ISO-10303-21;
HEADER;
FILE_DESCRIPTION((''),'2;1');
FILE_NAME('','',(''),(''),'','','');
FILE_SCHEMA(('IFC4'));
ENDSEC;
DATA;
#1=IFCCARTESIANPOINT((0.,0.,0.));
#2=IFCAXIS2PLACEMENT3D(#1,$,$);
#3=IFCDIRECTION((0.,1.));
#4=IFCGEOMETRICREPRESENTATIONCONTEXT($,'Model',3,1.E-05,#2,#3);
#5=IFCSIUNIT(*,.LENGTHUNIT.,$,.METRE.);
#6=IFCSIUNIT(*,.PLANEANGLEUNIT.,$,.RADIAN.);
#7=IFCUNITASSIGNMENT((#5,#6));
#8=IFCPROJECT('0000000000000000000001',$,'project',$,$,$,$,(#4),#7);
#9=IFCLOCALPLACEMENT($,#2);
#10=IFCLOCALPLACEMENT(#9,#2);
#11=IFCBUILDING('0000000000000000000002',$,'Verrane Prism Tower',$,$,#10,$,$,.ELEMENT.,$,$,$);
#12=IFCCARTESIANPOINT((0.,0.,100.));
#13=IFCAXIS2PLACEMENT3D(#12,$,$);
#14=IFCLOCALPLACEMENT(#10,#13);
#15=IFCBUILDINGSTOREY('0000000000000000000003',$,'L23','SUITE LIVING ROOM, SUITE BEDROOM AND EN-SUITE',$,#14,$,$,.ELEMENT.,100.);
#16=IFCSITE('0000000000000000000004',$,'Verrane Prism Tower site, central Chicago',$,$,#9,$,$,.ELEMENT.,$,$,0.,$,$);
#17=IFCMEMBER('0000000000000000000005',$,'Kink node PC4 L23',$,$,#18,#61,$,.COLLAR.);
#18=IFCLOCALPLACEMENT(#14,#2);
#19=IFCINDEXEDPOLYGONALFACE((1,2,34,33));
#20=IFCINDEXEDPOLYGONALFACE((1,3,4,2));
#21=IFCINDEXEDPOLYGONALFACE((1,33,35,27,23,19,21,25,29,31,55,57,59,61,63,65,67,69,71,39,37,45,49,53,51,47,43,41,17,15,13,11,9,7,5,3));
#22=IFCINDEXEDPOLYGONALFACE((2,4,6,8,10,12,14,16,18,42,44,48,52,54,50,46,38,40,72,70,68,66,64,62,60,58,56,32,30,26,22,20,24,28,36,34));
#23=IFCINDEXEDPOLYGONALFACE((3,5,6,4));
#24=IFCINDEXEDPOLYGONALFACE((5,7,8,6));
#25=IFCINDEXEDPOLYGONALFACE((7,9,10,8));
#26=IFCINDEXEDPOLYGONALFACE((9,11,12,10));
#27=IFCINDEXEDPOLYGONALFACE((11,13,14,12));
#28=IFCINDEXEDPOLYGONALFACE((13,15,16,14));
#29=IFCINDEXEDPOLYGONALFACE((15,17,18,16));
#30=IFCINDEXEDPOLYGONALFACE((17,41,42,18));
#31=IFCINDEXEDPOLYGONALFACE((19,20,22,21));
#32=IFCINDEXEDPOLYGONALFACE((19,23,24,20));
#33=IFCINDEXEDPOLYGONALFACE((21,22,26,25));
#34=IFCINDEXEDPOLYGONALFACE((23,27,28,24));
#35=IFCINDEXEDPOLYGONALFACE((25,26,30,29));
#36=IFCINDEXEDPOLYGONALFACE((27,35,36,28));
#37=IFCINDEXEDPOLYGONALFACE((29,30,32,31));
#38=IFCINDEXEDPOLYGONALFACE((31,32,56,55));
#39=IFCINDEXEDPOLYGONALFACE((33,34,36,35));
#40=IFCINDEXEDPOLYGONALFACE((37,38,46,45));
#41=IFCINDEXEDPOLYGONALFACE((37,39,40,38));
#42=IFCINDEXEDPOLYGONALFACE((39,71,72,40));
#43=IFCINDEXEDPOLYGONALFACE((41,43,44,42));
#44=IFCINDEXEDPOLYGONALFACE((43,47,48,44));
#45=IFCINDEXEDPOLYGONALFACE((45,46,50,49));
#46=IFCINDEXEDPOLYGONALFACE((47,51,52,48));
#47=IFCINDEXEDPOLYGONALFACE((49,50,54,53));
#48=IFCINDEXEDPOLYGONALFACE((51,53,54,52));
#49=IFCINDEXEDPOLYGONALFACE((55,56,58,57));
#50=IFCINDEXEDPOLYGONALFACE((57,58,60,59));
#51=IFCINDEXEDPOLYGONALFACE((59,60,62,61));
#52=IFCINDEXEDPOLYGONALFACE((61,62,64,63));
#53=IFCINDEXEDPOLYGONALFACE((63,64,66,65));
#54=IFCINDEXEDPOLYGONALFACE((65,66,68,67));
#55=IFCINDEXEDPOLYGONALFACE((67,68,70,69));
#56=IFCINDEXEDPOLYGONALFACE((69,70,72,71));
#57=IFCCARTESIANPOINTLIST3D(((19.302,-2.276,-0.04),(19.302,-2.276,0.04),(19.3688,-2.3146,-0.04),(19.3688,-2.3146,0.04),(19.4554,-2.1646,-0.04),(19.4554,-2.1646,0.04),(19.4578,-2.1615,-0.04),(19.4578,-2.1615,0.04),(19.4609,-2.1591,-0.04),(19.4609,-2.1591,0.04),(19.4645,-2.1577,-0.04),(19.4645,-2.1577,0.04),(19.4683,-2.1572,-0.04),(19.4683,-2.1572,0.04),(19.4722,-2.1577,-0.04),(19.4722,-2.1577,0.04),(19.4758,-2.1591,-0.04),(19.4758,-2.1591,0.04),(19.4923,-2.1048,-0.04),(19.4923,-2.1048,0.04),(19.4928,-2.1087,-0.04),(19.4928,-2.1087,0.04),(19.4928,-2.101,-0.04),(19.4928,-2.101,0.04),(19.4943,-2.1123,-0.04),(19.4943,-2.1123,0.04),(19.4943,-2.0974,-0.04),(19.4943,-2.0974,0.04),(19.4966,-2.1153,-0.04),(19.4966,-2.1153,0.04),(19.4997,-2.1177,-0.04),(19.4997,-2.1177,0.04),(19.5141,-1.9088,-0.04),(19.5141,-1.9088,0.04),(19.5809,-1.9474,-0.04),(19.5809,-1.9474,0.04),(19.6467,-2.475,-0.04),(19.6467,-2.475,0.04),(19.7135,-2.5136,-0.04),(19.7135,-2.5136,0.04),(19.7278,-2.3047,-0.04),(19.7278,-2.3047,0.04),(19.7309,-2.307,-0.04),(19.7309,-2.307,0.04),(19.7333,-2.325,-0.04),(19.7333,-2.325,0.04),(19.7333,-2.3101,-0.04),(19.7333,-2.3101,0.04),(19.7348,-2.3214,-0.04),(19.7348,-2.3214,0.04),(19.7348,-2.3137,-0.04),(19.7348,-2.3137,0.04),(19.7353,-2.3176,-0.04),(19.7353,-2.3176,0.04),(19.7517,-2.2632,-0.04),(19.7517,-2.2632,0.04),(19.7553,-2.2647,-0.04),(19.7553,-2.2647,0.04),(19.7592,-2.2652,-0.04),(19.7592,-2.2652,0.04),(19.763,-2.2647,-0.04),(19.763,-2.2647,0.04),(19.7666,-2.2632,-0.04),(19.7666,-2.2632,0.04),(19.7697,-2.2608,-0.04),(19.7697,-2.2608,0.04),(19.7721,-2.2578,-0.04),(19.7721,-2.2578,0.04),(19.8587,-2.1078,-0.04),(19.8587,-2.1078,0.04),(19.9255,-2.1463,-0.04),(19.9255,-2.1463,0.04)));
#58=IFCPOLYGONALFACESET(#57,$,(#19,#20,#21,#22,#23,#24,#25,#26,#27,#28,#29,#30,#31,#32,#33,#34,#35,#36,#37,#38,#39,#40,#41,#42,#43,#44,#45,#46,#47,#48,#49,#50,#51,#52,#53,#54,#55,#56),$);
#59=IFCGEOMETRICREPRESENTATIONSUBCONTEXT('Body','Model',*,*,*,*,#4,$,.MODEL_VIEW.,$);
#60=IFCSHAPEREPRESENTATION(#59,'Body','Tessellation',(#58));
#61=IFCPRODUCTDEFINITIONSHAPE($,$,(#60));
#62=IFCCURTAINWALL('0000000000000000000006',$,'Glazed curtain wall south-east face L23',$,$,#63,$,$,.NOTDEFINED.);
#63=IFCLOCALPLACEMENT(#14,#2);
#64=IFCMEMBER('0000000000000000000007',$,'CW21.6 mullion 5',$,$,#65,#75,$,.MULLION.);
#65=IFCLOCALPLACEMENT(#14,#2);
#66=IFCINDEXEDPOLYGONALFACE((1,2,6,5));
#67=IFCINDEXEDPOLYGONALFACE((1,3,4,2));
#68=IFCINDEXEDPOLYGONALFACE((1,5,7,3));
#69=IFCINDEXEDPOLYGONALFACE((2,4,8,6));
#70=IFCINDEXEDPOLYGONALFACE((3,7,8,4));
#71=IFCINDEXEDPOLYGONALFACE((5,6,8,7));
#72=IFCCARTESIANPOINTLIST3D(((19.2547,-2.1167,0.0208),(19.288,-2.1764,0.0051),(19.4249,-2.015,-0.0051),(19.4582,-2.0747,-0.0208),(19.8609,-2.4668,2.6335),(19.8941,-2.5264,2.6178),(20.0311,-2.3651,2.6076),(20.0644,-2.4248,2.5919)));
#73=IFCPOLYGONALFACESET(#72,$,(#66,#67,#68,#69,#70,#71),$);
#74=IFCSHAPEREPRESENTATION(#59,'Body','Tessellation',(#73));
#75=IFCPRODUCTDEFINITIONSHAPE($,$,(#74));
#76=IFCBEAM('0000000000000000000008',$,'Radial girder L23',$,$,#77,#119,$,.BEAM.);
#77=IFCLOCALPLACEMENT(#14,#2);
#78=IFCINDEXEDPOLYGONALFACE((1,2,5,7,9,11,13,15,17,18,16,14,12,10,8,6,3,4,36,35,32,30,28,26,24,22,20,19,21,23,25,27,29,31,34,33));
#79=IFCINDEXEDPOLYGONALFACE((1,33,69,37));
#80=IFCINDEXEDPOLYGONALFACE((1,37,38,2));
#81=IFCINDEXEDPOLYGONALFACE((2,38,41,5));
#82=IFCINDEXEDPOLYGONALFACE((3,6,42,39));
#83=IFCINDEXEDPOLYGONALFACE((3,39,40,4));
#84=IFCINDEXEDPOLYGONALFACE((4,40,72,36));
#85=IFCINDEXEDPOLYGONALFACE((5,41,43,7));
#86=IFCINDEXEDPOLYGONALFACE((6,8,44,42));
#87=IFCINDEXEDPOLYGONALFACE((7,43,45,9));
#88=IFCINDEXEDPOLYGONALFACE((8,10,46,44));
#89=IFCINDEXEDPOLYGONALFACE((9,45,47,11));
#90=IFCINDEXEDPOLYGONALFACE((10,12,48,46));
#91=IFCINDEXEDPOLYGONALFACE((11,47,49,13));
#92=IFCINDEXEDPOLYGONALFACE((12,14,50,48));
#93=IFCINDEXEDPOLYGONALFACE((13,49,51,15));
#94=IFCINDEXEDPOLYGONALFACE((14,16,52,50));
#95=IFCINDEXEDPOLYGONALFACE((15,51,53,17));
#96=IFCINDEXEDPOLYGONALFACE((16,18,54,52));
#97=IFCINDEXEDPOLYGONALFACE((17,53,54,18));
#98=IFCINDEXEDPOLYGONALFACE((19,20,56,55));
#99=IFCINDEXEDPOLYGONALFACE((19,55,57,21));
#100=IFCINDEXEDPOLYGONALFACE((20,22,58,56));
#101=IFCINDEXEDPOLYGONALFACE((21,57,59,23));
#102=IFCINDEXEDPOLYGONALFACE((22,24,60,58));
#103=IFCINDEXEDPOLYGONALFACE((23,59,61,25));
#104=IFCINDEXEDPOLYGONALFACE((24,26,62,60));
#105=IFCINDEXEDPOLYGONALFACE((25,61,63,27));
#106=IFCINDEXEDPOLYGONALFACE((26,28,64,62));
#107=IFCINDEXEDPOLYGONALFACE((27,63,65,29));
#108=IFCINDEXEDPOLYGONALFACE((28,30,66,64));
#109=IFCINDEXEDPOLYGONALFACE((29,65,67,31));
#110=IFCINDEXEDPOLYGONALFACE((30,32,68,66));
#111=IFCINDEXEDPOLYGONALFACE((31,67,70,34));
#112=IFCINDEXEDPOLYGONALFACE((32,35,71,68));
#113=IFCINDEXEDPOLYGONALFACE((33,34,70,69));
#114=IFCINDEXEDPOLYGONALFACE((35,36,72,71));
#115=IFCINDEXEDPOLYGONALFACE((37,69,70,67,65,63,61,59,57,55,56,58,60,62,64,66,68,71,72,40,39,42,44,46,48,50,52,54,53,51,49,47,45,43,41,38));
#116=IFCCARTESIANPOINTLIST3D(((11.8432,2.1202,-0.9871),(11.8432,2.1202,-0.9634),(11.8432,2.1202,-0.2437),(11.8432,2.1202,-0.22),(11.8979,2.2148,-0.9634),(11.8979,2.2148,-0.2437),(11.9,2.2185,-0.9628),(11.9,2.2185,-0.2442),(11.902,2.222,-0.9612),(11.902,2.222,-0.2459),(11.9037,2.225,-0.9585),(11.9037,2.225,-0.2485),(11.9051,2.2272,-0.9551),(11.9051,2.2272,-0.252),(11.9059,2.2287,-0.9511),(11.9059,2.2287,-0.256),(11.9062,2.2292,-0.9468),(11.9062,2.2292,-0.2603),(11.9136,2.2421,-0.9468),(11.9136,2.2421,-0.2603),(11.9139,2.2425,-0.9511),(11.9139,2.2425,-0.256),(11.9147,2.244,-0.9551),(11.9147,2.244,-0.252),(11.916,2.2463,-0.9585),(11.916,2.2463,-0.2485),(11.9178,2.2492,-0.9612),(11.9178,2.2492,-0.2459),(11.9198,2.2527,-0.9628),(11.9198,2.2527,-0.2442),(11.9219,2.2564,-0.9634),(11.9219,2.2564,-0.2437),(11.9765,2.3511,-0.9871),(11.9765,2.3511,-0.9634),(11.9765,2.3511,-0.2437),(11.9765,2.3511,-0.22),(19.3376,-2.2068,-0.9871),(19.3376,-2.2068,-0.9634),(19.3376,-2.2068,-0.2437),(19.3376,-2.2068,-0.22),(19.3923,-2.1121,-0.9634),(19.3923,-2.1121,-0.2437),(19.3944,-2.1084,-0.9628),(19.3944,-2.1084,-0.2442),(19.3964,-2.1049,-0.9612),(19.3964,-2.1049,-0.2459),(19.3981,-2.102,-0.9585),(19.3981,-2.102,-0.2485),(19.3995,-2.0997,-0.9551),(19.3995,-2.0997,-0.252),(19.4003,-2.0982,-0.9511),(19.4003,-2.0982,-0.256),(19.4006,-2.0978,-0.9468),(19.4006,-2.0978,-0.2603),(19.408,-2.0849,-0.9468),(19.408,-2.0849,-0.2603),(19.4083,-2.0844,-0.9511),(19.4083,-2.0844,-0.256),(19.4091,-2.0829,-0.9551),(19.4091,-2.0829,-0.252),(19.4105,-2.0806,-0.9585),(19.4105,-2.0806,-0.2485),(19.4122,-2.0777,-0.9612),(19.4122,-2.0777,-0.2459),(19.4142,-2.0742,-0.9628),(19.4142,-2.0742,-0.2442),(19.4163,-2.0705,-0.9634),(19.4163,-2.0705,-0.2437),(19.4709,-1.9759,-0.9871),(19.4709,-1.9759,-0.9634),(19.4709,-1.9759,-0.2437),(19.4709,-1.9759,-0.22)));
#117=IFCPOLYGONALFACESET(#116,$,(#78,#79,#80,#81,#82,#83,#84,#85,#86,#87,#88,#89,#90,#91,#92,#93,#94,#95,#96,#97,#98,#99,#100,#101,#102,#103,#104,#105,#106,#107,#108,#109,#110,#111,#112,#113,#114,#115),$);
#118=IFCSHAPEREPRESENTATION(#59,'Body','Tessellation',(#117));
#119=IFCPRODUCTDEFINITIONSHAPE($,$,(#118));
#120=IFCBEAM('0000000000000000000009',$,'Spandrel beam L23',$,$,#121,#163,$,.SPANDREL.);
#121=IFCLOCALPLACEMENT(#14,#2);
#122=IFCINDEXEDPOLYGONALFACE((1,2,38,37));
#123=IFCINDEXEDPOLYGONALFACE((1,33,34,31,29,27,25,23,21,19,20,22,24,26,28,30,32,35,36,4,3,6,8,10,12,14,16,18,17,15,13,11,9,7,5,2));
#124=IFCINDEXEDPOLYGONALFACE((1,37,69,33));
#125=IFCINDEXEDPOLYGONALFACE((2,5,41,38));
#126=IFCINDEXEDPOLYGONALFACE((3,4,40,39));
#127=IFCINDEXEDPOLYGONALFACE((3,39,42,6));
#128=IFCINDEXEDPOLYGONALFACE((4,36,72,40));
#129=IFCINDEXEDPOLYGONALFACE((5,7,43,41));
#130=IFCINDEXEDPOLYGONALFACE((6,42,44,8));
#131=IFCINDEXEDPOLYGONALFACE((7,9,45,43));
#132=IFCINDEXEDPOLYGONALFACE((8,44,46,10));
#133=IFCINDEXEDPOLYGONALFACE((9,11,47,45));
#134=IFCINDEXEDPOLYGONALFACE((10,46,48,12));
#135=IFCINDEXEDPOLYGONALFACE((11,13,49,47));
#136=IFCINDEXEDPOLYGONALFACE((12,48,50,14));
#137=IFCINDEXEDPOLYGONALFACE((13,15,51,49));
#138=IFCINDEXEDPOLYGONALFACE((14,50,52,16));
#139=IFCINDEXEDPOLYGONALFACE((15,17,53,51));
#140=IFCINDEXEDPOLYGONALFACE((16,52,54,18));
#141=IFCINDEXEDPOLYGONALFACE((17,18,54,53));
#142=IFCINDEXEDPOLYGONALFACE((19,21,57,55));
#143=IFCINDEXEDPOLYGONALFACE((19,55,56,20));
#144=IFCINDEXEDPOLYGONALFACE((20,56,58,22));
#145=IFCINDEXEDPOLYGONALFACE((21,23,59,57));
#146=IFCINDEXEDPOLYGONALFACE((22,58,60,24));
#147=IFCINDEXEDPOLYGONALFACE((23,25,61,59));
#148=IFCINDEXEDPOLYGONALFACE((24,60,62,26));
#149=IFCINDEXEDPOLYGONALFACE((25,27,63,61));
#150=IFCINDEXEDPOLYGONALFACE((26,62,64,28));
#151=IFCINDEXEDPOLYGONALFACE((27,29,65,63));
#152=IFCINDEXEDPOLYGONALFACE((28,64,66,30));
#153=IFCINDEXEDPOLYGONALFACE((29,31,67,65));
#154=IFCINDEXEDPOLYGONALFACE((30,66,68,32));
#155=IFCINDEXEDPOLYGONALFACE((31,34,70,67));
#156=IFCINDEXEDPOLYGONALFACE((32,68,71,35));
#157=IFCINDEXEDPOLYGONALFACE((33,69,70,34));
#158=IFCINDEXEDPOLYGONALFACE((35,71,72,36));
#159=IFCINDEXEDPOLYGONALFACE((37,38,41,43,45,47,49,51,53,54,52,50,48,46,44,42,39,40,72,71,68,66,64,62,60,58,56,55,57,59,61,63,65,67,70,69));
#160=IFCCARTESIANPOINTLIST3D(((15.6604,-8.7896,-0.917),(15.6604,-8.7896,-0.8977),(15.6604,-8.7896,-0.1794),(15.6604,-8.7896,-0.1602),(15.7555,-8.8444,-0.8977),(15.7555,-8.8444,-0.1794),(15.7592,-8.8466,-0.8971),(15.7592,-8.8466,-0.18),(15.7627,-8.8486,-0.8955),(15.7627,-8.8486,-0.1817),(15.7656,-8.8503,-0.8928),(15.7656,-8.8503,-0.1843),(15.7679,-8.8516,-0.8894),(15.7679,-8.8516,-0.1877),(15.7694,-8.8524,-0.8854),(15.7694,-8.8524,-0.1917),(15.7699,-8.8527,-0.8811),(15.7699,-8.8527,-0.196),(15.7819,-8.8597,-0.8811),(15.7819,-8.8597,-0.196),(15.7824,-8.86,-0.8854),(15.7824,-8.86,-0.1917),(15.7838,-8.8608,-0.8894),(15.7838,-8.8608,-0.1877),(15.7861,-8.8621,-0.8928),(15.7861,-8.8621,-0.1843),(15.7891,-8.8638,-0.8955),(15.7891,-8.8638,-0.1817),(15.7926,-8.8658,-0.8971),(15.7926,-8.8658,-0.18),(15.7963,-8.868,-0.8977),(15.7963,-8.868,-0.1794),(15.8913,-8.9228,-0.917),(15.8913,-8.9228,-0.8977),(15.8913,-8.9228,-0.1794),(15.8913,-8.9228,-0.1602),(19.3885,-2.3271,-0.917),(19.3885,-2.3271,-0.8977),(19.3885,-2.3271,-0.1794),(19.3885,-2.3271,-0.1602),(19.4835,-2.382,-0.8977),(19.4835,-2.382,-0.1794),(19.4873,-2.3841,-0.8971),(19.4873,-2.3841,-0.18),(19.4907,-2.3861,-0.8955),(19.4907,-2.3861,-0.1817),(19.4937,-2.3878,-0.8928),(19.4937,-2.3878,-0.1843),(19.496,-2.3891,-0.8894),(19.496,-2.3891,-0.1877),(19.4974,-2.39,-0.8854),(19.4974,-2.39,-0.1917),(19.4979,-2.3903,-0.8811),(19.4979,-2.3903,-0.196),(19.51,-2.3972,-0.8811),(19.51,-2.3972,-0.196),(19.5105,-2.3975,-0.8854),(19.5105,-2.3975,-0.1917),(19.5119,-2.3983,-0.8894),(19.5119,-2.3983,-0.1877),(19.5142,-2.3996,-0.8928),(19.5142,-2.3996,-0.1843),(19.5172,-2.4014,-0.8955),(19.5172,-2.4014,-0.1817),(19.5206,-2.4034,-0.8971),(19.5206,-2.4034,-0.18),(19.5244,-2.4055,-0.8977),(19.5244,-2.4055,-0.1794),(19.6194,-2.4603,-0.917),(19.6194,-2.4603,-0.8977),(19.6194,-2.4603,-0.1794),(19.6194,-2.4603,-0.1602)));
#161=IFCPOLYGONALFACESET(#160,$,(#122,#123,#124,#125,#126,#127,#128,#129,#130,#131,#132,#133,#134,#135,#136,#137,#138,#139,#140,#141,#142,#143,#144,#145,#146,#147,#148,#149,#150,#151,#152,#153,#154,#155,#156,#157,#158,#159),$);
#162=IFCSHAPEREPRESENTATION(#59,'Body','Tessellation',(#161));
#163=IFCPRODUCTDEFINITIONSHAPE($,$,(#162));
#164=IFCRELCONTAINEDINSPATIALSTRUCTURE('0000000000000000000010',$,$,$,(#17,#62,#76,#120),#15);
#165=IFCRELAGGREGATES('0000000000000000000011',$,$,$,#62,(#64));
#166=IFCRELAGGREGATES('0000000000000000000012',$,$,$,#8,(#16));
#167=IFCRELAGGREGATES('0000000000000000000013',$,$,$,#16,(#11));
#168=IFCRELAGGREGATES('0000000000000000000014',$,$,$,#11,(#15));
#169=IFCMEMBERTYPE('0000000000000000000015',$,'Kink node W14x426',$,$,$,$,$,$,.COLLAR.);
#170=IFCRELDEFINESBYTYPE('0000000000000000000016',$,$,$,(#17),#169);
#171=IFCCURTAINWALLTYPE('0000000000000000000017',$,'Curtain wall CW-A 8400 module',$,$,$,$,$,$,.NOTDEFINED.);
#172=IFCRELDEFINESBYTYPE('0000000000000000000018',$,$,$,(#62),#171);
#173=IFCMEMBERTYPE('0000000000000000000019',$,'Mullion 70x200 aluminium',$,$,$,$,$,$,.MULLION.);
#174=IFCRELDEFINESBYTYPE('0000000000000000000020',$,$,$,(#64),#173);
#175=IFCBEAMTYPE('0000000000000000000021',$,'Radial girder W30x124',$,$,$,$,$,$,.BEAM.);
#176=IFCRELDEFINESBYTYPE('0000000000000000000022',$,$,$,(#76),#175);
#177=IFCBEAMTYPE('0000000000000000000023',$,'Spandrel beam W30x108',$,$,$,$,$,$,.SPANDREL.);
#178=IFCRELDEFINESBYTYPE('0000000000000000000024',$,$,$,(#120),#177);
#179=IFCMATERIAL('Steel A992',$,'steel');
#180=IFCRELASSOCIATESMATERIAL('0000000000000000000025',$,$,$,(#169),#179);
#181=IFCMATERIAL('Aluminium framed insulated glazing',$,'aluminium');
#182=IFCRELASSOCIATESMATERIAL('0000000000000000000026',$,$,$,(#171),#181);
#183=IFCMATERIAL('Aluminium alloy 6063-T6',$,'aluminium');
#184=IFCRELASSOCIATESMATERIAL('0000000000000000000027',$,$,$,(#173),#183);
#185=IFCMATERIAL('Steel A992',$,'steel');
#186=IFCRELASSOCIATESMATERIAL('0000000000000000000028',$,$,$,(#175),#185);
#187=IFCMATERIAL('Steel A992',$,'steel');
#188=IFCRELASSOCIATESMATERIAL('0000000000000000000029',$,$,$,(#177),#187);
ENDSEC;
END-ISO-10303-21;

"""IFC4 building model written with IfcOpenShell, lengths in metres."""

from ifc_helpers import new_model, si_unit, direction, frame, origin, origin_2d, place, context, subcontext, project, spatial, rectangle, i_section, extrude, material, material_profile, profile_set, type_object, element, aggregate, save


model = new_model("IFC4")

# Units and contexts
model_context = context("Model", 3, precision=1e-05, world=origin(), true_north=direction((0.0, 1.0)))
body_context = subcontext(model_context, "Body", "Model", "MODEL_VIEW")
ifc_project = project(units=[si_unit("LENGTHUNIT", "METRE"), si_unit("PLANEANGLEUNIT", "RADIAN")], contexts=[model_context])

# Site, building, storey
site_placement = place(None, origin())
site = spatial("IfcSite", under=ifc_project, at=site_placement, Name="Verrane Prism Tower site, central Chicago", CompositionType="ELEMENT", RefElevation=0.0)
building_placement = place(site_placement, origin())
building = spatial("IfcBuilding", under=site, at=building_placement, Name="Verrane Prism Tower", CompositionType="ELEMENT")
storey_placement = place(building_placement, frame((0.0, 0.0, 100.0)))
storey = spatial("IfcBuildingStorey", under=building, at=storey_placement, Name="L23", Description="SUITE LIVING ROOM, SUITE BEDROOM AND EN-SUITE", CompositionType="ELEMENT", Elevation=100.0)

# Member
ifc_material_1 = material(Name="Steel A992", Category="steel")
ifc_material_profile_1 = material_profile(ifc_material_1, i_section(OverallWidth=0.4241, OverallDepth=0.4751, WebThickness=0.0479, FlangeThickness=0.0771, FilletRadius=0.0149, at=origin_2d()), Name="W14x426")
ifc_profile_set_1 = profile_set([ifc_material_profile_1], Name="Steel A992")
member_type_1 = type_object("IfcMemberType", Name="Kink node W14x426", PredefinedType="COLLAR", material=ifc_profile_set_1)
member_1_placement = place(storey_placement, frame((19.6138, -2.2112, -0.04), z_axis=(0.0, 0.0, 1.0), x_axis=(-0.5, -0.866025, 0.0)))
element("IfcMember", 1, at=member_1_placement, inside=storey, type_object=member_type_1, Name="Kink node PC4 L23", PredefinedType="COLLAR", context=body_context, shape_type="SweptSolid", body=[
    extrude(i_section(OverallWidth=0.4241, OverallDepth=0.4751, WebThickness=0.0479, FlangeThickness=0.0771, FilletRadius=0.0149, at=origin_2d()), origin(), (0.0, 0.0, 1.0), 0.0801),
])

# Curtain wall, member
ifc_material_2 = material(Name="Aluminium framed insulated glazing", Category="aluminium")
curtain_wall_type = type_object("IfcCurtainWallType", Name="Curtain wall CW-A 8400 module", PredefinedType="NOTDEFINED", material=ifc_material_2)
curtain_wall_placement = place(storey_placement, origin())
curtain_wall = element("IfcCurtainWall", 2, at=curtain_wall_placement, inside=storey, type_object=curtain_wall_type, Name="Glazed curtain wall south-east face L23", PredefinedType="NOTDEFINED")
ifc_material_3 = material(Name="Aluminium alloy 6063-T6", Category="aluminium")
ifc_material_profile_2 = material_profile(ifc_material_3, rectangle(XDim=0.2, YDim=0.0701, at=origin_2d()), Name="Mullion 70x200 aluminium")
ifc_profile_set_2 = profile_set([ifc_material_profile_2], Name="Aluminium alloy 6063-T6")
member_type_2 = type_object("IfcMemberType", Name="Mullion 70x200 aluminium", PredefinedType="MULLION", material=ifc_profile_set_2)
member_2_placement = place(storey_placement, frame((19.3564, -2.0957, 0.0), z_axis=(0.224108, -0.129429, 0.965931), x_axis=(-0.851341, -0.508405, 0.129399)))
member_2 = element("IfcMember", 3, at=member_2_placement, type_object=member_type_2, Name="CW21.6 mullion 5", PredefinedType="MULLION", context=body_context, shape_type="SweptSolid", body=[
    extrude(rectangle(XDim=0.2, YDim=0.0701, at=origin_2d()), origin(), (0.0, 0.0, 1.0), 2.7048),
])

# Beams
ifc_material_4 = material(Name="Steel A992", Category="steel")
ifc_material_profile_3 = material_profile(ifc_material_4, i_section(OverallWidth=0.2666, OverallDepth=0.7671, WebThickness=0.0149, FlangeThickness=0.0237, FilletRadius=0.0166, at=origin_2d()), Name="W30x124")
ifc_profile_set_3 = profile_set([ifc_material_profile_3], Name="Steel A992")
beam_type_1 = type_object("IfcBeamType", Name="Radial girder W30x124", PredefinedType="BEAM", material=ifc_profile_set_3)
beam_1_placement = place(storey_placement, frame((19.4043, -2.0913, -0.6035), z_axis=(-0.866024, 0.500002, 0.0), x_axis=(-0.500002, -0.866024, 0.0)))
element("IfcBeam", 4, at=beam_1_placement, inside=storey, type_object=beam_type_1, Name="Radial girder L23", PredefinedType="BEAM", context=body_context, shape_type="SweptSolid", body=[
    extrude(i_section(OverallWidth=0.2666, OverallDepth=0.7671, WebThickness=0.0149, FlangeThickness=0.0237, FilletRadius=0.0166, at=origin_2d()), origin(), (0.0, 0.0, 1.0), 8.6538),
])
ifc_material_5 = material(Name="Steel A992", Category="steel")
ifc_material_profile_4 = material_profile(ifc_material_5, i_section(OverallWidth=0.2666, OverallDepth=0.7568, WebThickness=0.0139, FlangeThickness=0.0193, FilletRadius=0.0166, at=origin_2d()), Name="W30x108")
ifc_profile_set_4 = profile_set([ifc_material_profile_4], Name="Steel A992")
beam_type_2 = type_object("IfcBeamType", Name="Spandrel beam W30x108", PredefinedType="SPANDREL", material=ifc_profile_set_4)
beam_2_placement = place(storey_placement, frame((15.7759, -8.8562, -0.5386), z_axis=(0.499694, 0.866202, 0.0), x_axis=(-0.866202, 0.499694, 0.0)))
element("IfcBeam", 5, at=beam_2_placement, inside=storey, type_object=beam_type_2, Name="Spandrel beam L23", PredefinedType="SPANDREL", context=body_context, shape_type="SweptSolid", body=[
    extrude(i_section(OverallWidth=0.2666, OverallDepth=0.7568, WebThickness=0.0139, FlangeThickness=0.0193, FilletRadius=0.0166, at=origin_2d()), origin(), (0.0, 0.0, 1.0), 7.4607),
])

aggregate(curtain_wall, [member_2])

save(model, "model.ifc")
